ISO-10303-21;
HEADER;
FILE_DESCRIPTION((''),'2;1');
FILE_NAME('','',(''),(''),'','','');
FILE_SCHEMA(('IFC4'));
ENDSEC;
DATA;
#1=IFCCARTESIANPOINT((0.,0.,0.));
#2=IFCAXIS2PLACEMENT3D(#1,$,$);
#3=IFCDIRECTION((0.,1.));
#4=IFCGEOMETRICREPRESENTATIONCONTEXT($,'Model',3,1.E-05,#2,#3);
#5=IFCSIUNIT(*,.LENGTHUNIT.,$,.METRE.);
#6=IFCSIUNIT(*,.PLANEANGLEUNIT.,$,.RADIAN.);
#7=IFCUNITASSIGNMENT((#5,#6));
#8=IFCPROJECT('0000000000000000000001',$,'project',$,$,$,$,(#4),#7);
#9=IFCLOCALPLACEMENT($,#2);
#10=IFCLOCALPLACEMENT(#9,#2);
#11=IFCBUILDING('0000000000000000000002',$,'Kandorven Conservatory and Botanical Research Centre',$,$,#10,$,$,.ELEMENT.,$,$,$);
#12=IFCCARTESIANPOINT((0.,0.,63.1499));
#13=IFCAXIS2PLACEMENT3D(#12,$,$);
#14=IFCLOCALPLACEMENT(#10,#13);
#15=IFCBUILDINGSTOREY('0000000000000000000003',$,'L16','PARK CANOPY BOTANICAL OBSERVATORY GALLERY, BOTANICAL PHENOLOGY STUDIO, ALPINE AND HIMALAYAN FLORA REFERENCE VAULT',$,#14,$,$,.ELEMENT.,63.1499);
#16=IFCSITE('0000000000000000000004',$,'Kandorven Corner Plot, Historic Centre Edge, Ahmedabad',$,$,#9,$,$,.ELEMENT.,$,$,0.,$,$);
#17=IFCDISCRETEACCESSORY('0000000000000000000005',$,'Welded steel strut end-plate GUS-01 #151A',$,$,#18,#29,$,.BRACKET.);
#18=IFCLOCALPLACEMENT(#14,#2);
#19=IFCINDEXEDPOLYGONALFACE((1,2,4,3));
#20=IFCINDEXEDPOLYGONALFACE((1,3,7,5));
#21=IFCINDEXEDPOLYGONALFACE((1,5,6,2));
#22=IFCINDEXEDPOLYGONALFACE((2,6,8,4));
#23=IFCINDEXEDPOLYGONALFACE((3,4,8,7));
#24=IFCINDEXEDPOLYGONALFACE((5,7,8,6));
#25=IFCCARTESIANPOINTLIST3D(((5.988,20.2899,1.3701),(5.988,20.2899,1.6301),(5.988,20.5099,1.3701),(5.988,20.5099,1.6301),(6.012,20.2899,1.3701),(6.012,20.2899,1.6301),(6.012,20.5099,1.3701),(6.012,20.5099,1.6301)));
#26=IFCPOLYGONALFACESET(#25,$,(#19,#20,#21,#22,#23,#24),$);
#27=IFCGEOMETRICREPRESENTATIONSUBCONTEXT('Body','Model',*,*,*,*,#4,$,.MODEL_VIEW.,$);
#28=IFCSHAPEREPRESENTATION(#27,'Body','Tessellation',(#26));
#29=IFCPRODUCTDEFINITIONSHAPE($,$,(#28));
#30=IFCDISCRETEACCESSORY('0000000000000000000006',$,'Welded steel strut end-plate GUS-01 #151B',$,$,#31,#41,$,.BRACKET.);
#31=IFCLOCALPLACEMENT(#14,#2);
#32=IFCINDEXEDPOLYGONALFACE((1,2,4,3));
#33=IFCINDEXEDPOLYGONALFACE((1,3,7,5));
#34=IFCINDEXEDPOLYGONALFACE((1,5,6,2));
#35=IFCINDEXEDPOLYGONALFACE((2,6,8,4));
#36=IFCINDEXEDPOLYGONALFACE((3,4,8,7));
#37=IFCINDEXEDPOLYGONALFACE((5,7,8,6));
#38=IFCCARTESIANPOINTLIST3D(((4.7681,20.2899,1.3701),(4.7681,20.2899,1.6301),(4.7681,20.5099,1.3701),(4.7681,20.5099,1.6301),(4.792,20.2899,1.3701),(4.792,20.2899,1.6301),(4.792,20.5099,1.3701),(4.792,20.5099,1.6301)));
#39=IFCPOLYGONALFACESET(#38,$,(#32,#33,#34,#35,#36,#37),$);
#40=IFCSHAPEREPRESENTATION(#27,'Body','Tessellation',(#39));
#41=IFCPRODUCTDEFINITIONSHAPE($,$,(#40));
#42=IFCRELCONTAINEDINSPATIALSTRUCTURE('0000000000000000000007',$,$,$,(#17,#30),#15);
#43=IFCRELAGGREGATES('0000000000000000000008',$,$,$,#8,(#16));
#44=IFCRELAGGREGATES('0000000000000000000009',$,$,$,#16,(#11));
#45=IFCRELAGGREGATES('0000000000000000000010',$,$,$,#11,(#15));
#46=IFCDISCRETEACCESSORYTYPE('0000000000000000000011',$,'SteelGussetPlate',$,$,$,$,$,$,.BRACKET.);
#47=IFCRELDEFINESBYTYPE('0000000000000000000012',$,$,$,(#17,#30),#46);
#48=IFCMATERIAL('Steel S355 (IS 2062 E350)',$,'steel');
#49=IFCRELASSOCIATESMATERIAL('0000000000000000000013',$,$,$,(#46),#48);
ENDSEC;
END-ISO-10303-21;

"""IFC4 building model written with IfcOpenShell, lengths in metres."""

from ifc_helpers import new_model, si_unit, direction, frame, origin, origin_2d, place, context, subcontext, project, spatial, rectangle, extrude, material, type_object, element, save


model = new_model("IFC4")

# Units and contexts
model_context = context("Model", 3, precision=1e-05, world=origin(), true_north=direction((0.0, 1.0)))
body_context = subcontext(model_context, "Body", "Model", "MODEL_VIEW")
ifc_project = project(units=[si_unit("LENGTHUNIT", "METRE"), si_unit("PLANEANGLEUNIT", "RADIAN")], contexts=[model_context])

# Site, building, storey
site_placement = place(None, origin())
site = spatial("IfcSite", under=ifc_project, at=site_placement, Name="Kandorven Corner Plot, Historic Centre Edge, Ahmedabad", CompositionType="ELEMENT", RefElevation=0.0)
building_placement = place(site_placement, origin())
building = spatial("IfcBuilding", under=site, at=building_placement, Name="Kandorven Conservatory and Botanical Research Centre", CompositionType="ELEMENT")
storey_placement = place(building_placement, frame((0.0, 0.0, 63.1499)))
storey = spatial("IfcBuildingStorey", under=building, at=storey_placement, Name="L16", Description="PARK CANOPY BOTANICAL OBSERVATORY GALLERY, BOTANICAL PHENOLOGY STUDIO, ALPINE AND HIMALAYAN FLORA REFERENCE VAULT", CompositionType="ELEMENT", Elevation=63.1499)

# Discrete accessories
ifc_material_1 = material(Name="Steel S355 (IS 2062 E350)", Category="steel")
discrete_accessory_type = type_object("IfcDiscreteAccessoryType", Name="SteelGussetPlate", PredefinedType="BRACKET", material=ifc_material_1)
for number, where, z_axis, x_axis, name in (
    (1, (6.0, 20.3999, 1.3701), (0.0, 0.0, 1.0), (1.0, 0.0, 0.0), "Welded steel strut end-plate GUS-01 #151A"),
    (2, (4.78, 20.3999, 1.3701), (0.0, 0.0, 1.0), (1.0, 0.0, 0.0), "Welded steel strut end-plate GUS-01 #151B"),
):
    element("IfcDiscreteAccessory", number, at=place(storey_placement, frame(where, z_axis=z_axis, x_axis=x_axis)), inside=storey, type_object=discrete_accessory_type, Name=name, PredefinedType="BRACKET", context=body_context, shape_type="SweptSolid", body=[
        extrude(rectangle(XDim=0.0239, YDim=0.22, at=origin_2d()), origin(), (0.0, 0.0, 1.0), 0.26),
    ])

save(model, "model.ifc")
